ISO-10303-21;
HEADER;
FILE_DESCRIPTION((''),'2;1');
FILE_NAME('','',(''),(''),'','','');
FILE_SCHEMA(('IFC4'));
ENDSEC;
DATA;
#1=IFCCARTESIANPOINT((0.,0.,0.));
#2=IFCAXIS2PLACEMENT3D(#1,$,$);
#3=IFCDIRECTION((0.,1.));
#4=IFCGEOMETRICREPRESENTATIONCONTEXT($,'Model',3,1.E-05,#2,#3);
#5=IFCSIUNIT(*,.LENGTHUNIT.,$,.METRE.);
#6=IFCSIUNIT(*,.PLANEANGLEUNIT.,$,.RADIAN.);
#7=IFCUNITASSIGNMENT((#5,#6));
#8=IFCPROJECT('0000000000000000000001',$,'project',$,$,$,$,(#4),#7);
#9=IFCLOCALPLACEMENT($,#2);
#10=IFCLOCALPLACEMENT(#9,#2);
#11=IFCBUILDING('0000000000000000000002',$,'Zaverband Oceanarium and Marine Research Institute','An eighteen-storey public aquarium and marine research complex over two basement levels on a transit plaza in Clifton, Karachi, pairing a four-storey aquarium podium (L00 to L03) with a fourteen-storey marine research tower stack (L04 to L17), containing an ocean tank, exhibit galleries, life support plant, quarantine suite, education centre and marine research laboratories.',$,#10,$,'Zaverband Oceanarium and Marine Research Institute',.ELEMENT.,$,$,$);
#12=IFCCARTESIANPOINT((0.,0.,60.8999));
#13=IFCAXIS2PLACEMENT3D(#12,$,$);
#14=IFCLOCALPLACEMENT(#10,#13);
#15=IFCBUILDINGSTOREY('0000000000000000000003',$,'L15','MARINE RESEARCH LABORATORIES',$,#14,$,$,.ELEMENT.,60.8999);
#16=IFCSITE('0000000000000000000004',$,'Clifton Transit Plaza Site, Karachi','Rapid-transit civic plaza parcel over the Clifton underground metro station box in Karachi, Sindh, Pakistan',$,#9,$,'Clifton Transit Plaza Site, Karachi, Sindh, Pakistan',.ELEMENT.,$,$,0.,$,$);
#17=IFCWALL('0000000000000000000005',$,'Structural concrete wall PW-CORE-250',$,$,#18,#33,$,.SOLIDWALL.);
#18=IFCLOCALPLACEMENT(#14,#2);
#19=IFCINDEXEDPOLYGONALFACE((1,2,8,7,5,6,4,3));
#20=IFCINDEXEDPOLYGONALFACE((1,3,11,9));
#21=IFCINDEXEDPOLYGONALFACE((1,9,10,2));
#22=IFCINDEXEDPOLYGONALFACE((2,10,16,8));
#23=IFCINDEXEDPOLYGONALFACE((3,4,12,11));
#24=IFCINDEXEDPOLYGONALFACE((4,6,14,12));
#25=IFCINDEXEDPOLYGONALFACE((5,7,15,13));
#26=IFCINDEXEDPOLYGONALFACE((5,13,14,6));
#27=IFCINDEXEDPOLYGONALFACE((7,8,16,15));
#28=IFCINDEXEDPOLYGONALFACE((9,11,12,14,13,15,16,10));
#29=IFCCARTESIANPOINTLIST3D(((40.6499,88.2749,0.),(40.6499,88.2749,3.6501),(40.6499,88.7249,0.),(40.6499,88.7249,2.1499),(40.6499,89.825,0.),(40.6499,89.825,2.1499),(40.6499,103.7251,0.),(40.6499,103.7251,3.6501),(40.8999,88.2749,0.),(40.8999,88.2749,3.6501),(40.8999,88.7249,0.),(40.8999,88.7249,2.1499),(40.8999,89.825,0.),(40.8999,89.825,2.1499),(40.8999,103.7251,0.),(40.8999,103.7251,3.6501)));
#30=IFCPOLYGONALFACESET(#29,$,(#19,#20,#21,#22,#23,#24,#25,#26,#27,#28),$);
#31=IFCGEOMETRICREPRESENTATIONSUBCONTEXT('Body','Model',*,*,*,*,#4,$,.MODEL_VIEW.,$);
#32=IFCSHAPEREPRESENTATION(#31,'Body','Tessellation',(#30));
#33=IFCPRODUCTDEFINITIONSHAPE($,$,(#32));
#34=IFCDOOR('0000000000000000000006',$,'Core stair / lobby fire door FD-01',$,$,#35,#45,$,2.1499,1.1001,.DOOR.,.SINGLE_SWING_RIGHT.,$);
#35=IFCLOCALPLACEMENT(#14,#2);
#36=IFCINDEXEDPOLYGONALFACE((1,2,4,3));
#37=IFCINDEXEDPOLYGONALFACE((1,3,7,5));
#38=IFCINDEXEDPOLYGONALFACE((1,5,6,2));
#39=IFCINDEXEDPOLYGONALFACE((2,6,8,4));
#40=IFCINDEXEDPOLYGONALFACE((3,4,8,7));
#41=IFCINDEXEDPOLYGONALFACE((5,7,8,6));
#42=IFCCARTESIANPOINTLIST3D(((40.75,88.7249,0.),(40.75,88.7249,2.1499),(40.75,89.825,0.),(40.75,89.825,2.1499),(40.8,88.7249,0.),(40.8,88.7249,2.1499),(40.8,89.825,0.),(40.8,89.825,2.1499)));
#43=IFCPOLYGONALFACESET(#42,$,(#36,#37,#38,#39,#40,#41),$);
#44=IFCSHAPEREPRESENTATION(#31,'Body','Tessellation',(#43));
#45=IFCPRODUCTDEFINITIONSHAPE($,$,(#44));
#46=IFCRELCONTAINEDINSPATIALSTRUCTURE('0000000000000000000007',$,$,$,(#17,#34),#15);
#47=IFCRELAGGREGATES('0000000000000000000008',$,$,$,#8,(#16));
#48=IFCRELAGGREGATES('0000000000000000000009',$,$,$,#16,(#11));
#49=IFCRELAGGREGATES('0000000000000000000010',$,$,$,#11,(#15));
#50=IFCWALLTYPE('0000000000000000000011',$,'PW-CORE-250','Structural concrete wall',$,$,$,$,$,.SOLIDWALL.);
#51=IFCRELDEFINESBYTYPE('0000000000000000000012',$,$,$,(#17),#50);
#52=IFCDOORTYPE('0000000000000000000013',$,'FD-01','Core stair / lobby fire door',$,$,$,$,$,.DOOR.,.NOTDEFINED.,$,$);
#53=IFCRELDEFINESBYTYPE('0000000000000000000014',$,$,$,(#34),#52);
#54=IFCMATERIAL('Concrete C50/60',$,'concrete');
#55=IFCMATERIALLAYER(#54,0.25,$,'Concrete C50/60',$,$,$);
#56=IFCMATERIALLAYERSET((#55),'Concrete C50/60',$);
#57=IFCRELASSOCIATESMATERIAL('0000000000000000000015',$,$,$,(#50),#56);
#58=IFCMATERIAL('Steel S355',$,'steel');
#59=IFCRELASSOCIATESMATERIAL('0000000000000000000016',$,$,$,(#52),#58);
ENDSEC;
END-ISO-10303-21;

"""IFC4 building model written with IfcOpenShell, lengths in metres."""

from ifc_helpers import new_model, si_unit, direction, frame, frame_2d, origin, place, context, subcontext, project, spatial, rectangle, extrude, material, layer, layer_set, type_object, element, fill, save


model = new_model("IFC4")

# Units and contexts
model_context = context("Model", 3, precision=1e-05, world=origin(), true_north=direction((0.0, 1.0)))
body_context = subcontext(model_context, "Body", "Model", "MODEL_VIEW")
ifc_project = project(units=[si_unit("LENGTHUNIT", "METRE"), si_unit("PLANEANGLEUNIT", "RADIAN")], contexts=[model_context])

# Site, building, storey
site_placement = place(None, origin())
site = spatial("IfcSite", under=ifc_project, at=site_placement, Name="Clifton Transit Plaza Site, Karachi", Description="Rapid-transit civic plaza parcel over the Clifton underground metro station box in Karachi, Sindh, Pakistan", LongName="Clifton Transit Plaza Site, Karachi, Sindh, Pakistan", CompositionType="ELEMENT", RefElevation=0.0)
building_placement = place(site_placement, origin())
building = spatial("IfcBuilding", under=site, at=building_placement, Name="Zaverband Oceanarium and Marine Research Institute", Description="An eighteen-storey public aquarium and marine research complex over two basement levels on a transit plaza in Clifton, Karachi, pairing a four-storey aquarium podium (L00 to L03) with a fourteen-storey marine research tower stack (L04 to L17), containing an ocean tank, exhibit galleries, life support plant, quarantine suite, education centre and marine research laboratories.", LongName="Zaverband Oceanarium and Marine Research Institute", CompositionType="ELEMENT")
storey_placement = place(building_placement, frame((0.0, 0.0, 60.8999)))
storey = spatial("IfcBuildingStorey", under=building, at=storey_placement, Name="L15", Description="MARINE RESEARCH LABORATORIES", CompositionType="ELEMENT", Elevation=60.8999)

# Shared definitions
ifc_material_1 = material(Name="Concrete C50/60", Category="concrete")

# Shared definitions
ifc_material_2 = material(Name="Steel S355", Category="steel")

# Wall, opening, door
ifc_layer_1 = layer(ifc_material_1, 0.25, Name="Concrete C50/60")
ifc_layer_set_1 = layer_set([ifc_layer_1], Name="Concrete C50/60")
wall_type_1 = type_object("IfcWallType", Name="PW-CORE-250", Description="Structural concrete wall", PredefinedType="SOLIDWALL", material=ifc_layer_set_1)
wall_1_placement = place(storey_placement, frame((40.7749, 88.2749, 0.0), z_axis=(0.0, 0.0, 1.0), x_axis=(0.0, 1.0, 0.0)))
wall_1 = element("IfcWall", 1, at=wall_1_placement, inside=storey, type_object=wall_type_1, Name="Structural concrete wall PW-CORE-250", PredefinedType="SOLIDWALL", context=body_context, shape_type="SweptSolid", body=[
    extrude(rectangle(XDim=15.4502, YDim=0.25, at=frame_2d((7.7251, 0.0))), origin(), (0.0, 0.0, 1.0), 3.6501),
])
opening_1_placement = place(wall_1_placement, frame((0.45, 0.0, 0.0)))
opening_1 = element("IfcOpeningElement", 2, at=opening_1_placement, cuts=wall_1, PredefinedType="OPENING", context=body_context, shape_type="SweptSolid", body=[
    extrude(rectangle(XDim=1.1001, YDim=2.1499, at=frame_2d((0.55, 1.075))), frame((0.0, 0.137, 0.0), z_axis=(0.0, -1.0, 0.0), x_axis=(1.0, 0.0, 0.0)), (0.0, 0.0, 1.0), 0.2739),
])
door_type_1 = type_object("IfcDoorType", Name="FD-01", Description="Core stair / lobby fire door", OperationType="NOTDEFINED", PredefinedType="DOOR", material=ifc_material_2)
door_1_placement = place(opening_1_placement, origin())
door_1 = element("IfcDoor", 3, at=door_1_placement, inside=storey, type_object=door_type_1, Name="Core stair / lobby fire door FD-01", OperationType="SINGLE_SWING_RIGHT", OverallHeight=2.1499, OverallWidth=1.1001, PredefinedType="DOOR", context=body_context, shape_type="SweptSolid", body=[
    extrude(rectangle(XDim=1.1001, YDim=2.1499, at=frame_2d((0.55, 1.075))), frame((0.0, 0.0249, 0.0), z_axis=(0.0, -1.0, 0.0), x_axis=(1.0, 0.0, 0.0)), (0.0, 0.0, 1.0), 0.05),
])
fill(opening_1, door_1)

save(model, "model.ifc")
